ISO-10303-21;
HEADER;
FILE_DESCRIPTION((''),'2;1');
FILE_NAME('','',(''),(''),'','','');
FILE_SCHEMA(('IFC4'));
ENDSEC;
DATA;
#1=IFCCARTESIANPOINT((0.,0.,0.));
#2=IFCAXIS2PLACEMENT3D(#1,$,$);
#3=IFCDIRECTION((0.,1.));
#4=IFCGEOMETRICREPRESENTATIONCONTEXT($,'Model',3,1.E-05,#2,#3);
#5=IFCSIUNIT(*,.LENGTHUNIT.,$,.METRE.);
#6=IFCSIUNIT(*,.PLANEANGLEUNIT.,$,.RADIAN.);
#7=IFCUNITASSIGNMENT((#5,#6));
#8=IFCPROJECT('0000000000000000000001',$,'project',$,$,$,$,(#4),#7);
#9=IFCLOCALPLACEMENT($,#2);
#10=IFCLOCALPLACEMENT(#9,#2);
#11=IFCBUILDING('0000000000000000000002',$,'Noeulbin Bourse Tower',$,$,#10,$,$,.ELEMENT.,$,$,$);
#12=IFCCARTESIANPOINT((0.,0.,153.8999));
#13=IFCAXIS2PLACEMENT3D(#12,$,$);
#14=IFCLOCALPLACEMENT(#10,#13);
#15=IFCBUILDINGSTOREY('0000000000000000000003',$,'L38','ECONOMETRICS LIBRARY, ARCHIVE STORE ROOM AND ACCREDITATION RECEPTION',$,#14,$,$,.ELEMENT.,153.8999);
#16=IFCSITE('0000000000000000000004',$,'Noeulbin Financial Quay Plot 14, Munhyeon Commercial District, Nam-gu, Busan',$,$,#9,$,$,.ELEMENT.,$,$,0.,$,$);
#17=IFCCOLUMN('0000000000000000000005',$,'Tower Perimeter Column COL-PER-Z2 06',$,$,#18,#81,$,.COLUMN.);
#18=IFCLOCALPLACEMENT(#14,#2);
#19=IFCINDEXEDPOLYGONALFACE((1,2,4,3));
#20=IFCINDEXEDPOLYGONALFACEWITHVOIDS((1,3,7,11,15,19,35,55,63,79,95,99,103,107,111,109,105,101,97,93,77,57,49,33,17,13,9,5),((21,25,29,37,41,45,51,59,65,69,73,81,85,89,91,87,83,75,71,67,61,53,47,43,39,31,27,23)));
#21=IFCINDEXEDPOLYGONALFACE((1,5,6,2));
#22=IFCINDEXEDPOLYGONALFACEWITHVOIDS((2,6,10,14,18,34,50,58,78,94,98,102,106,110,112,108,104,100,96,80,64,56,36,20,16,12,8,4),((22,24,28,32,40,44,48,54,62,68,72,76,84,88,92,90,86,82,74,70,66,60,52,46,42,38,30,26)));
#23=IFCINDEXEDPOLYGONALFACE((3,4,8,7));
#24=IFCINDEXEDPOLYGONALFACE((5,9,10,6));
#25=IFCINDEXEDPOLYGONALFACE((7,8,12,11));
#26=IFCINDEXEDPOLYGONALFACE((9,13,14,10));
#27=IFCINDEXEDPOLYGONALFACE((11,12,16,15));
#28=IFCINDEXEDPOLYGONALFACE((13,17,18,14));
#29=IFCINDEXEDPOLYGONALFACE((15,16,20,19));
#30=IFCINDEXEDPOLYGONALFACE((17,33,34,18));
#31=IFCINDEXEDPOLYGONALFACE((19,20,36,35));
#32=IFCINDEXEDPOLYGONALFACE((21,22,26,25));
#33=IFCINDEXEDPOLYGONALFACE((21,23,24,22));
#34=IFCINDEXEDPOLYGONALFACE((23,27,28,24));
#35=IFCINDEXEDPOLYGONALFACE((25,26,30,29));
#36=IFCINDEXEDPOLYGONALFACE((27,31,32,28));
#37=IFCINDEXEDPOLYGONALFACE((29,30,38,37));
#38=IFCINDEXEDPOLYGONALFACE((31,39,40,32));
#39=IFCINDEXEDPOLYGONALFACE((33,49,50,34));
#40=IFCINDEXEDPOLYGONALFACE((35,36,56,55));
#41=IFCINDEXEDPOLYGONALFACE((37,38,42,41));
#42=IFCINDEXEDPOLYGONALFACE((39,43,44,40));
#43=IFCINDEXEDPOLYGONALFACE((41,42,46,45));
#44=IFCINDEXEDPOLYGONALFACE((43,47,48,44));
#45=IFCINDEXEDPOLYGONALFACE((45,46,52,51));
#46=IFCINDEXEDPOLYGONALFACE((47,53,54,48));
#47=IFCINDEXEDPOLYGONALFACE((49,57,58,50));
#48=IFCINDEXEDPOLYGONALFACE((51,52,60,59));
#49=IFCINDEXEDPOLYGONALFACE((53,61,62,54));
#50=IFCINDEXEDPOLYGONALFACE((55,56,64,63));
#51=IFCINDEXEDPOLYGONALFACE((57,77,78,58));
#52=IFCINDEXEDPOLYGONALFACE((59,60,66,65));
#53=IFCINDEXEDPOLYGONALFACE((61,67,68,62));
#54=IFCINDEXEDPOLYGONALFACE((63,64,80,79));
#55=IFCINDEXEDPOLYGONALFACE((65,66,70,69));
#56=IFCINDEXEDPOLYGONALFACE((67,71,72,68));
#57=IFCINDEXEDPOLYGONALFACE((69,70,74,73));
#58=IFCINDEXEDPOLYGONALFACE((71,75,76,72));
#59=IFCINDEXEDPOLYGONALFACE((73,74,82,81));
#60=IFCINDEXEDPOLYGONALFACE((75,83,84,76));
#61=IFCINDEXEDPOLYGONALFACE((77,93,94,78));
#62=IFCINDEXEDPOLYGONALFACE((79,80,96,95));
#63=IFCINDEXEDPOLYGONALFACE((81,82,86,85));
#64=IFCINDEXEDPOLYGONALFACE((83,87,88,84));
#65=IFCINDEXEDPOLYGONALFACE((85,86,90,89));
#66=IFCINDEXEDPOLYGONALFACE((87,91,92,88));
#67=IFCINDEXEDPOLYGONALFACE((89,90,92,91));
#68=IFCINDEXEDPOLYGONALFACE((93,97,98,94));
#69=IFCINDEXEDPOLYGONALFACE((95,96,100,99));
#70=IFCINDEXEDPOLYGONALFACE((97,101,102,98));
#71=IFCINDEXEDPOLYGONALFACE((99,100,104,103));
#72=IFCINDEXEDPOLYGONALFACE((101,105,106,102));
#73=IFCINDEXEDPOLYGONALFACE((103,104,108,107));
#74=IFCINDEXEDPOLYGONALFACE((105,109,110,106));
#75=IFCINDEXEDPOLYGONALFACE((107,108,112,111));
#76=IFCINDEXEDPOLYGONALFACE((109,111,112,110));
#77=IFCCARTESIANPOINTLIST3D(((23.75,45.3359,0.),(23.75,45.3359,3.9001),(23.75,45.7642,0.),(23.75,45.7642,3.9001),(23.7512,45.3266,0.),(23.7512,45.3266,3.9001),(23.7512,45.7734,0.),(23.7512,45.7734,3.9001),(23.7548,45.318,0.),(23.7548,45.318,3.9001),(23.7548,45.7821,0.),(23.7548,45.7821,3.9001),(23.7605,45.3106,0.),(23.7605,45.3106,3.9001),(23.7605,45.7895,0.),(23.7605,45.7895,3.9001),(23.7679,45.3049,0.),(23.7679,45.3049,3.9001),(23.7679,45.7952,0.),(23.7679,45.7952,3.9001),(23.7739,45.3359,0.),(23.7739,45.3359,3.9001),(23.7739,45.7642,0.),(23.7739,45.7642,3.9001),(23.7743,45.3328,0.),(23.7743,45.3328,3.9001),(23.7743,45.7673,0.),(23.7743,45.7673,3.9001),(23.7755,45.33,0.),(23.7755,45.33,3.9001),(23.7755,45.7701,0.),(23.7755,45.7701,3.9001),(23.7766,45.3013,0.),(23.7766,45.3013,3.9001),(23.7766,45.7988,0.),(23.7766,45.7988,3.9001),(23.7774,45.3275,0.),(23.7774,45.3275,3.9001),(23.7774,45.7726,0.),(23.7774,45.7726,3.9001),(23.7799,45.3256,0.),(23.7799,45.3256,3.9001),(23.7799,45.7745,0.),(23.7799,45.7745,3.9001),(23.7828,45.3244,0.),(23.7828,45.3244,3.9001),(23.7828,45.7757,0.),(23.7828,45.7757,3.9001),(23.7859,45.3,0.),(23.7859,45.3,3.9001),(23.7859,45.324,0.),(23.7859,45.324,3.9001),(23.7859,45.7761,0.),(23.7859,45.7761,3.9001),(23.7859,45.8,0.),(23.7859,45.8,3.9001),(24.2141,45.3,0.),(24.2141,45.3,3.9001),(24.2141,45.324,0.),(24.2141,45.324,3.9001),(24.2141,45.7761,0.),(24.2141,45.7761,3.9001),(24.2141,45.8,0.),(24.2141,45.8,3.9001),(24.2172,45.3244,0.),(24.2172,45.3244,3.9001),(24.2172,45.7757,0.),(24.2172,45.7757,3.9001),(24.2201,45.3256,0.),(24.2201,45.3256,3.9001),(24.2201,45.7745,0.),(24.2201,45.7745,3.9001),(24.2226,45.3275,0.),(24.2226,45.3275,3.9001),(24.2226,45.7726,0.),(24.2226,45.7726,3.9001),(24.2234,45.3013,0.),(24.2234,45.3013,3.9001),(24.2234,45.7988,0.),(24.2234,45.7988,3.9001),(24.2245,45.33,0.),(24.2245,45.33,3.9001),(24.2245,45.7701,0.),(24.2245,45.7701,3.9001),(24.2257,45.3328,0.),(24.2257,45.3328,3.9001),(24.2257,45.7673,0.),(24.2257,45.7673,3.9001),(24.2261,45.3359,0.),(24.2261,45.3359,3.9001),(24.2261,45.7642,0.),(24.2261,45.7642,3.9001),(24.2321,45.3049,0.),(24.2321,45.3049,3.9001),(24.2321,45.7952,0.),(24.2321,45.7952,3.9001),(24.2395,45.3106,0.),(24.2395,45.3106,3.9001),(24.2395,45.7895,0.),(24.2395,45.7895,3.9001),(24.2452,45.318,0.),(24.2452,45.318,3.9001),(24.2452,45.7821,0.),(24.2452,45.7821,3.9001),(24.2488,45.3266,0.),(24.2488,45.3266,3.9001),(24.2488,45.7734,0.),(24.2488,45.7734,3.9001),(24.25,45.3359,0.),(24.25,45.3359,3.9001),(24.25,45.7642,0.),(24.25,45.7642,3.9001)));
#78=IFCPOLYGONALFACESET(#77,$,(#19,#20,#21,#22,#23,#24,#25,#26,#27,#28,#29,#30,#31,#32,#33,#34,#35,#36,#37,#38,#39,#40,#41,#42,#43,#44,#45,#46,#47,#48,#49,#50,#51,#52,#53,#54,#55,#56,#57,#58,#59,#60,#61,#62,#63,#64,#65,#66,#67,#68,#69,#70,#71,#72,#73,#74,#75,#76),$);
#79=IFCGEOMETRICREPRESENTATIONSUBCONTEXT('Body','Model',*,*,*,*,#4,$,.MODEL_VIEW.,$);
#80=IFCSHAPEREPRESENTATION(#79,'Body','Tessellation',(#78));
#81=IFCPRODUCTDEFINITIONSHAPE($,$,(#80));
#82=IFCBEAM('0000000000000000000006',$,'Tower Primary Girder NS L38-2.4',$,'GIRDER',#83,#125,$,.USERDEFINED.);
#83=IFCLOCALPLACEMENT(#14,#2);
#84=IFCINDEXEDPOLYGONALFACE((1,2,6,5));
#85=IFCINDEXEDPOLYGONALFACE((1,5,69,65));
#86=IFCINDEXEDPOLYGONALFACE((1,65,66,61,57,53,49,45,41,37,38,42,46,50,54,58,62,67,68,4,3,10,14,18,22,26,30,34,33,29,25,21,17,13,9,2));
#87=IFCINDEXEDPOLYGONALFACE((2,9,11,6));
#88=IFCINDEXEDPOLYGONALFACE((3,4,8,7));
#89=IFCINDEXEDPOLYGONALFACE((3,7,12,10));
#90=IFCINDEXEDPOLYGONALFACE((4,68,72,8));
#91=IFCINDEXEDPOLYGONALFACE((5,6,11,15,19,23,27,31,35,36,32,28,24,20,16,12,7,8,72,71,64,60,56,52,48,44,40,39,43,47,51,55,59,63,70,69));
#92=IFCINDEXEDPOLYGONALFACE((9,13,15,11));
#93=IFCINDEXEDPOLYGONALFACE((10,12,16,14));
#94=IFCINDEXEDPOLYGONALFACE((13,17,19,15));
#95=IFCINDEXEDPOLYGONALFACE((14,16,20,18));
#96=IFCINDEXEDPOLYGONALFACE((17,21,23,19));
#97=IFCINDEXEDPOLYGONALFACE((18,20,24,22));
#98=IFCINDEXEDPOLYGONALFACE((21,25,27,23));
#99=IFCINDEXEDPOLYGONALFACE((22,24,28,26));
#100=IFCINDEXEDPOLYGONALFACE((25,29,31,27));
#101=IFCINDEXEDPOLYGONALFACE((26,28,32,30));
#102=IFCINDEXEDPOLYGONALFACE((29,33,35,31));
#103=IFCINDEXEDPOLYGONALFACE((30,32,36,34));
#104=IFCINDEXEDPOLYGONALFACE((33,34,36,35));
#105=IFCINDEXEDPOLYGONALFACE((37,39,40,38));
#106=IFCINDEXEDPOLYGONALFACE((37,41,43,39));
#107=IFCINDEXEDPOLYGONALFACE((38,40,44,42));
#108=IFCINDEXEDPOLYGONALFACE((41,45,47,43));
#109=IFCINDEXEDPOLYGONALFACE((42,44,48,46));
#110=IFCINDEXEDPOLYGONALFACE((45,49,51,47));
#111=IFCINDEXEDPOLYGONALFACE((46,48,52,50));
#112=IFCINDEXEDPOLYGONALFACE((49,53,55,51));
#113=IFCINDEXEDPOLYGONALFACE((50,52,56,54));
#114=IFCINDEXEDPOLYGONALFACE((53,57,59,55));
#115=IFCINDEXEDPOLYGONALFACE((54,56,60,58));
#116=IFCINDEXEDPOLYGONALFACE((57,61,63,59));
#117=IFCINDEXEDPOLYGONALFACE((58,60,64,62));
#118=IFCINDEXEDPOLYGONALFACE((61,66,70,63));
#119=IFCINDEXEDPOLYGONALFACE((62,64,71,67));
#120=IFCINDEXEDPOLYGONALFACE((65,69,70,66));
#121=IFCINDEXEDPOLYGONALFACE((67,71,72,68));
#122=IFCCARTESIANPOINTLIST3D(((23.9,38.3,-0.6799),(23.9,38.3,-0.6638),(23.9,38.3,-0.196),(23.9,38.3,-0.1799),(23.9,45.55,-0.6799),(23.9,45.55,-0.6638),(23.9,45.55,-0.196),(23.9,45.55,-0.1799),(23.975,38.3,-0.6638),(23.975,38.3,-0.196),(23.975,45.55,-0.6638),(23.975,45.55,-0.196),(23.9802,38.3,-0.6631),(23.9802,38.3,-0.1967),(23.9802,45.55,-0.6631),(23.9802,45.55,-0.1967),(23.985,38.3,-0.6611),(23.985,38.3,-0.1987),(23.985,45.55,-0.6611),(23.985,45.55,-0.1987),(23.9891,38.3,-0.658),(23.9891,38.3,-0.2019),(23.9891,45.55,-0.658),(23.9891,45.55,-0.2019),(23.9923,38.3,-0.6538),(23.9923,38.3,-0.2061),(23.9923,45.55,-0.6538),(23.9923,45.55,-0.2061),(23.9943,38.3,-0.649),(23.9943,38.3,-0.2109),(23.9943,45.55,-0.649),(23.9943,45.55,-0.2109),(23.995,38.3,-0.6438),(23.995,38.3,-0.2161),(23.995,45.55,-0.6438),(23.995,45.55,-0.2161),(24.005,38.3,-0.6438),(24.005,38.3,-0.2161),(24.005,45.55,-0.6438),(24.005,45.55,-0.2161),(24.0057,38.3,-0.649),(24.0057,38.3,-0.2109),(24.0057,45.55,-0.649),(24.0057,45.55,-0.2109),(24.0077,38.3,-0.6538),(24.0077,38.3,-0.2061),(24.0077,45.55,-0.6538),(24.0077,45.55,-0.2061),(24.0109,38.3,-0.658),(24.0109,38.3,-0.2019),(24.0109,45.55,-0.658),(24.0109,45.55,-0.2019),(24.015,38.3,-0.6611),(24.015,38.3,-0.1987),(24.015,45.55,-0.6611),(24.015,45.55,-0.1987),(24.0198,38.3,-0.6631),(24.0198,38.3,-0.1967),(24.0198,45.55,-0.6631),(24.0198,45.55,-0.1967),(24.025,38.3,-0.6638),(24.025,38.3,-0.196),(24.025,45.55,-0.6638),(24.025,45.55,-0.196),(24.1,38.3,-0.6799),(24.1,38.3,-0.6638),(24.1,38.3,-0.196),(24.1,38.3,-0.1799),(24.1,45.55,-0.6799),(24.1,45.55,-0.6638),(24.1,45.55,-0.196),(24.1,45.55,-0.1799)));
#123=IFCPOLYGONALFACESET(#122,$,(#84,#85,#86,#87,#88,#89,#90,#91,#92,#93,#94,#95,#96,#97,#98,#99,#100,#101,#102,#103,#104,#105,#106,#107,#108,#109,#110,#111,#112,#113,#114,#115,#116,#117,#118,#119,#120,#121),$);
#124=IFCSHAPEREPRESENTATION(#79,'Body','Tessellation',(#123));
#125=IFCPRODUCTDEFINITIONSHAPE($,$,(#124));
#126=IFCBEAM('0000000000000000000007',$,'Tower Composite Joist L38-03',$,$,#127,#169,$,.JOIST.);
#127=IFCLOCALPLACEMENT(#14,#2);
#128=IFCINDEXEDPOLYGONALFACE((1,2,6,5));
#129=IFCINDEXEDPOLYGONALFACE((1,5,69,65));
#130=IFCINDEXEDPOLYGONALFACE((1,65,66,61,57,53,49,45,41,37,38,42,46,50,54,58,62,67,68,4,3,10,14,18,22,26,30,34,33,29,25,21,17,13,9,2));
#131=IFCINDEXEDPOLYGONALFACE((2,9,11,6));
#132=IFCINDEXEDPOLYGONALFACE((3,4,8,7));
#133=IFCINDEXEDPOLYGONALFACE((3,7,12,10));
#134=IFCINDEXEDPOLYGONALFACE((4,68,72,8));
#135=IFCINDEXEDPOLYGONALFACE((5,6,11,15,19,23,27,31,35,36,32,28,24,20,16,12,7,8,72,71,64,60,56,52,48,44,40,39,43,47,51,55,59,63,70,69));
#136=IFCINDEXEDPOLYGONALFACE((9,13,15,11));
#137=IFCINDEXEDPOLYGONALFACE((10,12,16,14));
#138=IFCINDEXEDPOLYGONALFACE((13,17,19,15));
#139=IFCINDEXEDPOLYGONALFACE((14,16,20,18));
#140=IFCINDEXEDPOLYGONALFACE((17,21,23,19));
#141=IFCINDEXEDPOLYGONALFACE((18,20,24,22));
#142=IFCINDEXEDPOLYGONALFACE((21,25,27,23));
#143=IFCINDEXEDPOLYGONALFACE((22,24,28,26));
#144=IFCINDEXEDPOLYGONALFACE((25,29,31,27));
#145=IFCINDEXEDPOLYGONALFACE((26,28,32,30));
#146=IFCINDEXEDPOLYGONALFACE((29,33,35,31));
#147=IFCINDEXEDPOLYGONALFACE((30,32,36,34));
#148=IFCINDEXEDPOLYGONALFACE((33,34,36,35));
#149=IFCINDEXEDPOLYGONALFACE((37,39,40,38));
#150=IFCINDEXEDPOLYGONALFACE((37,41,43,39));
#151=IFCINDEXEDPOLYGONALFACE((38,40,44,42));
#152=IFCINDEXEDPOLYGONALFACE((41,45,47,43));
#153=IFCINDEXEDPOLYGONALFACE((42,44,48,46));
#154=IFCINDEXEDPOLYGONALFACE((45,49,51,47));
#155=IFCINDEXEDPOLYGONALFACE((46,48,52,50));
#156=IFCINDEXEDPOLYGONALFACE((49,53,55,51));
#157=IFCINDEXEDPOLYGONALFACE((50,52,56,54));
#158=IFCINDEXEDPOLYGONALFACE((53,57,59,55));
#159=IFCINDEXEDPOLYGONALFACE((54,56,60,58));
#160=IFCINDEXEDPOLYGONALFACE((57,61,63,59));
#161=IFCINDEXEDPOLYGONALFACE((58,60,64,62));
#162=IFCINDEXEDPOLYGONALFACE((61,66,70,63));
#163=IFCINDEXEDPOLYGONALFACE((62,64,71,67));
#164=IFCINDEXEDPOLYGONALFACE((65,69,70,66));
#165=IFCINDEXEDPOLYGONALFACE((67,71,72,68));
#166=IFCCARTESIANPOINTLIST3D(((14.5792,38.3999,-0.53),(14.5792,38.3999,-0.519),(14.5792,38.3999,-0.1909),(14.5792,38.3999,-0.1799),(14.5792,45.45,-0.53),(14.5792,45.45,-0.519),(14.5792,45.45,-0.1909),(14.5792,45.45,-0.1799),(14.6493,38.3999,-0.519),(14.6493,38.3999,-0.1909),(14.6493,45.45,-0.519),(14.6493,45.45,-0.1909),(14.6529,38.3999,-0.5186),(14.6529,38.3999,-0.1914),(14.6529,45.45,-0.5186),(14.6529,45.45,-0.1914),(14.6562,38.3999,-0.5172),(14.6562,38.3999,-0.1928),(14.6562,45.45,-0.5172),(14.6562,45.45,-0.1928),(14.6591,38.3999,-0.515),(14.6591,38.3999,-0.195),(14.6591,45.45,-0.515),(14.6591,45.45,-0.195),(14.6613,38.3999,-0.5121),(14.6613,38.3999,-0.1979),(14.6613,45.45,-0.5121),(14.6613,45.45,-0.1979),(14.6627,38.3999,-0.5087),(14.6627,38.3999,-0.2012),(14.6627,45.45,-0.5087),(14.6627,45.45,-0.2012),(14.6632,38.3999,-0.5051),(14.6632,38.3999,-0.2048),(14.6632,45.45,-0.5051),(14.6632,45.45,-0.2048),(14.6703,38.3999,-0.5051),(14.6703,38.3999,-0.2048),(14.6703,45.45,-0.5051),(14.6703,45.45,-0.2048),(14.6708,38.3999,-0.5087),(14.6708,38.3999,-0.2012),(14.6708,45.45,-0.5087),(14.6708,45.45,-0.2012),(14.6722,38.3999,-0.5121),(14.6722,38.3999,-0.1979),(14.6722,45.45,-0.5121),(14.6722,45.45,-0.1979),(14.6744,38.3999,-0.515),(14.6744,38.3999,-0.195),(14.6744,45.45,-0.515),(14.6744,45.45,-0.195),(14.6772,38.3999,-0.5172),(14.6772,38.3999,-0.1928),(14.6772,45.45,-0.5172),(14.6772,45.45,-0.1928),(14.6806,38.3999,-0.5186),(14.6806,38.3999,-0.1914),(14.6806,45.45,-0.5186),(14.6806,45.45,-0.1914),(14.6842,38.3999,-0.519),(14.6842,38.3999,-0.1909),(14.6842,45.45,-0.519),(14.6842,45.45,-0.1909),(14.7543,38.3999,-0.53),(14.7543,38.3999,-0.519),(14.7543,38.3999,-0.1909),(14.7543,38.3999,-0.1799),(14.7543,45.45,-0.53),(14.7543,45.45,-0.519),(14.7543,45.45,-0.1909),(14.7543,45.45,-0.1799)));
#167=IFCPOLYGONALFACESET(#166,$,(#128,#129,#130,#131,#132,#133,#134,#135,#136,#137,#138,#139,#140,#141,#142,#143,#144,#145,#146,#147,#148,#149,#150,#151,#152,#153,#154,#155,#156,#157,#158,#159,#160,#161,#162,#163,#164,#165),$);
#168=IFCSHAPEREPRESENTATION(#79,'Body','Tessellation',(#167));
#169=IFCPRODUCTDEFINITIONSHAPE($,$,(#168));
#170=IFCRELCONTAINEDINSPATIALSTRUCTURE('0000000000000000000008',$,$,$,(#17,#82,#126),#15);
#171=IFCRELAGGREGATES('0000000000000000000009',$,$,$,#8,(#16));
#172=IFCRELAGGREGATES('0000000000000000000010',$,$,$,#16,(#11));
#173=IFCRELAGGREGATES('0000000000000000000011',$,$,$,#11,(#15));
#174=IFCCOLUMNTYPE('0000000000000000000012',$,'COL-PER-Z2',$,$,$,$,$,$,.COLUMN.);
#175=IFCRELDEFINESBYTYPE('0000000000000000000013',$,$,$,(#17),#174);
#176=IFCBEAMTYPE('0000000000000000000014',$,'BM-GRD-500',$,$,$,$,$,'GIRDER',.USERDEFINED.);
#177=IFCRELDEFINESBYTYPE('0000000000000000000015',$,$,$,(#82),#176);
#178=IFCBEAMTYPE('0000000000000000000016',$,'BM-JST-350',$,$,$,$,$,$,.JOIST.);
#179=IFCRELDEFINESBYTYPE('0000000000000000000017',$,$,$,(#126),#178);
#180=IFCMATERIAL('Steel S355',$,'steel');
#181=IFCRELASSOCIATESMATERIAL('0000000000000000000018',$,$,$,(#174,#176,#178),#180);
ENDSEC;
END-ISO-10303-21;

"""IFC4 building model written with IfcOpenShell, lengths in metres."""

from ifc_helpers import new_model, si_unit, direction, frame, origin, origin_2d, place, context, subcontext, project, spatial, hollow_rectangle, i_section, extrude, material, material_profile, profile_set, type_object, element, save


model = new_model("IFC4")

# Units and contexts
model_context = context("Model", 3, precision=1e-05, world=origin(), true_north=direction((0.0, 1.0)))
body_context = subcontext(model_context, "Body", "Model", "MODEL_VIEW")
ifc_project = project(units=[si_unit("LENGTHUNIT", "METRE"), si_unit("PLANEANGLEUNIT", "RADIAN")], contexts=[model_context])

# Site, building, storey
site_placement = place(None, origin())
site = spatial("IfcSite", under=ifc_project, at=site_placement, Name="Noeulbin Financial Quay Plot 14, Munhyeon Commercial District, Nam-gu, Busan", CompositionType="ELEMENT", RefElevation=0.0)
building_placement = place(site_placement, origin())
building = spatial("IfcBuilding", under=site, at=building_placement, Name="Noeulbin Bourse Tower", CompositionType="ELEMENT")
storey_placement = place(building_placement, frame((0.0, 0.0, 153.8999)))
storey = spatial("IfcBuildingStorey", under=building, at=storey_placement, Name="L38", Description="ECONOMETRICS LIBRARY, ARCHIVE STORE ROOM AND ACCREDITATION RECEPTION", CompositionType="ELEMENT", Elevation=153.8999)

# Column
ifc_material_1 = material(Name="Steel S355", Category="steel")
ifc_material_profile_1 = material_profile(ifc_material_1, hollow_rectangle(XDim=0.5, YDim=0.5, WallThickness=0.0239, InnerFilletRadius=0.012, OuterFilletRadius=0.0359, at=origin_2d()), Name="BOX-500x500x24", Category="LoadBearing")
ifc_profile_set_1 = profile_set([ifc_material_profile_1], Name="Steel S355")
column_type = type_object("IfcColumnType", Name="COL-PER-Z2", PredefinedType="COLUMN", material=ifc_profile_set_1)
column_placement = place(storey_placement, frame((24.0, 45.55, 0.0), z_axis=(0.0, 0.0, 1.0), x_axis=(1.0, 0.0, 0.0)))
element("IfcColumn", 1, at=column_placement, inside=storey, type_object=column_type, Name="Tower Perimeter Column COL-PER-Z2 06", PredefinedType="COLUMN", context=body_context, shape_type="SweptSolid", body=[
    extrude(hollow_rectangle(XDim=0.5, YDim=0.5, WallThickness=0.0239, InnerFilletRadius=0.012, OuterFilletRadius=0.0359, at=origin_2d()), origin(), (0.0, 0.0, 1.0), 3.9001),
])

# Beams
ifc_material_profile_2 = material_profile(ifc_material_1, i_section(OverallWidth=0.2, OverallDepth=0.5, WebThickness=0.01, FlangeThickness=0.0161, FilletRadius=0.02, at=origin_2d()), Name="H-500x200x10x16", Category="LoadBearing")
ifc_profile_set_2 = profile_set([ifc_material_profile_2], Name="Steel S355")
beam_type_1 = type_object("IfcBeamType", Name="BM-GRD-500", ElementType="GIRDER", PredefinedType="USERDEFINED", material=ifc_profile_set_2)
beam_1_placement = place(storey_placement, frame((24.0, 38.3, -0.4299), z_axis=(0.0, 1.0, 0.0), x_axis=(-1.0, 0.0, 0.0)))
element("IfcBeam", 2, at=beam_1_placement, inside=storey, type_object=beam_type_1, Name="Tower Primary Girder NS L38-2.4", ObjectType="GIRDER", PredefinedType="USERDEFINED", context=body_context, shape_type="SweptSolid", body=[
    extrude(i_section(OverallWidth=0.2, OverallDepth=0.5, WebThickness=0.01, FlangeThickness=0.0161, FilletRadius=0.02, at=origin_2d()), origin(), (0.0, 0.0, 1.0), 7.25),
])
ifc_material_profile_3 = material_profile(ifc_material_1, i_section(OverallWidth=0.175, OverallDepth=0.3501, WebThickness=0.0071, FlangeThickness=0.011, FilletRadius=0.0139, at=origin_2d()), Name="H-350x175x7x11", Category="LoadBearing")
ifc_profile_set_3 = profile_set([ifc_material_profile_3], Name="Steel S355")
beam_type_2 = type_object("IfcBeamType", Name="BM-JST-350", PredefinedType="JOIST", material=ifc_profile_set_3)
for number, where, z_axis, x_axis, name in (
    (3, (14.6667, 38.3999, -0.355), (0.0, 1.0, 0.0), (-1.0, 0.0, 0.0), "Tower Composite Joist L38-03"),
):
    element("IfcBeam", number, at=place(storey_placement, frame(where, z_axis=z_axis, x_axis=x_axis)), inside=storey, type_object=beam_type_2, Name=name, PredefinedType="JOIST", context=body_context, shape_type="SweptSolid", body=[
        extrude(i_section(OverallWidth=0.175, OverallDepth=0.3501, WebThickness=0.0071, FlangeThickness=0.011, FilletRadius=0.0139, at=origin_2d()), origin(), (0.0, 0.0, 1.0), 7.05),
    ])

save(model, "model.ifc")
